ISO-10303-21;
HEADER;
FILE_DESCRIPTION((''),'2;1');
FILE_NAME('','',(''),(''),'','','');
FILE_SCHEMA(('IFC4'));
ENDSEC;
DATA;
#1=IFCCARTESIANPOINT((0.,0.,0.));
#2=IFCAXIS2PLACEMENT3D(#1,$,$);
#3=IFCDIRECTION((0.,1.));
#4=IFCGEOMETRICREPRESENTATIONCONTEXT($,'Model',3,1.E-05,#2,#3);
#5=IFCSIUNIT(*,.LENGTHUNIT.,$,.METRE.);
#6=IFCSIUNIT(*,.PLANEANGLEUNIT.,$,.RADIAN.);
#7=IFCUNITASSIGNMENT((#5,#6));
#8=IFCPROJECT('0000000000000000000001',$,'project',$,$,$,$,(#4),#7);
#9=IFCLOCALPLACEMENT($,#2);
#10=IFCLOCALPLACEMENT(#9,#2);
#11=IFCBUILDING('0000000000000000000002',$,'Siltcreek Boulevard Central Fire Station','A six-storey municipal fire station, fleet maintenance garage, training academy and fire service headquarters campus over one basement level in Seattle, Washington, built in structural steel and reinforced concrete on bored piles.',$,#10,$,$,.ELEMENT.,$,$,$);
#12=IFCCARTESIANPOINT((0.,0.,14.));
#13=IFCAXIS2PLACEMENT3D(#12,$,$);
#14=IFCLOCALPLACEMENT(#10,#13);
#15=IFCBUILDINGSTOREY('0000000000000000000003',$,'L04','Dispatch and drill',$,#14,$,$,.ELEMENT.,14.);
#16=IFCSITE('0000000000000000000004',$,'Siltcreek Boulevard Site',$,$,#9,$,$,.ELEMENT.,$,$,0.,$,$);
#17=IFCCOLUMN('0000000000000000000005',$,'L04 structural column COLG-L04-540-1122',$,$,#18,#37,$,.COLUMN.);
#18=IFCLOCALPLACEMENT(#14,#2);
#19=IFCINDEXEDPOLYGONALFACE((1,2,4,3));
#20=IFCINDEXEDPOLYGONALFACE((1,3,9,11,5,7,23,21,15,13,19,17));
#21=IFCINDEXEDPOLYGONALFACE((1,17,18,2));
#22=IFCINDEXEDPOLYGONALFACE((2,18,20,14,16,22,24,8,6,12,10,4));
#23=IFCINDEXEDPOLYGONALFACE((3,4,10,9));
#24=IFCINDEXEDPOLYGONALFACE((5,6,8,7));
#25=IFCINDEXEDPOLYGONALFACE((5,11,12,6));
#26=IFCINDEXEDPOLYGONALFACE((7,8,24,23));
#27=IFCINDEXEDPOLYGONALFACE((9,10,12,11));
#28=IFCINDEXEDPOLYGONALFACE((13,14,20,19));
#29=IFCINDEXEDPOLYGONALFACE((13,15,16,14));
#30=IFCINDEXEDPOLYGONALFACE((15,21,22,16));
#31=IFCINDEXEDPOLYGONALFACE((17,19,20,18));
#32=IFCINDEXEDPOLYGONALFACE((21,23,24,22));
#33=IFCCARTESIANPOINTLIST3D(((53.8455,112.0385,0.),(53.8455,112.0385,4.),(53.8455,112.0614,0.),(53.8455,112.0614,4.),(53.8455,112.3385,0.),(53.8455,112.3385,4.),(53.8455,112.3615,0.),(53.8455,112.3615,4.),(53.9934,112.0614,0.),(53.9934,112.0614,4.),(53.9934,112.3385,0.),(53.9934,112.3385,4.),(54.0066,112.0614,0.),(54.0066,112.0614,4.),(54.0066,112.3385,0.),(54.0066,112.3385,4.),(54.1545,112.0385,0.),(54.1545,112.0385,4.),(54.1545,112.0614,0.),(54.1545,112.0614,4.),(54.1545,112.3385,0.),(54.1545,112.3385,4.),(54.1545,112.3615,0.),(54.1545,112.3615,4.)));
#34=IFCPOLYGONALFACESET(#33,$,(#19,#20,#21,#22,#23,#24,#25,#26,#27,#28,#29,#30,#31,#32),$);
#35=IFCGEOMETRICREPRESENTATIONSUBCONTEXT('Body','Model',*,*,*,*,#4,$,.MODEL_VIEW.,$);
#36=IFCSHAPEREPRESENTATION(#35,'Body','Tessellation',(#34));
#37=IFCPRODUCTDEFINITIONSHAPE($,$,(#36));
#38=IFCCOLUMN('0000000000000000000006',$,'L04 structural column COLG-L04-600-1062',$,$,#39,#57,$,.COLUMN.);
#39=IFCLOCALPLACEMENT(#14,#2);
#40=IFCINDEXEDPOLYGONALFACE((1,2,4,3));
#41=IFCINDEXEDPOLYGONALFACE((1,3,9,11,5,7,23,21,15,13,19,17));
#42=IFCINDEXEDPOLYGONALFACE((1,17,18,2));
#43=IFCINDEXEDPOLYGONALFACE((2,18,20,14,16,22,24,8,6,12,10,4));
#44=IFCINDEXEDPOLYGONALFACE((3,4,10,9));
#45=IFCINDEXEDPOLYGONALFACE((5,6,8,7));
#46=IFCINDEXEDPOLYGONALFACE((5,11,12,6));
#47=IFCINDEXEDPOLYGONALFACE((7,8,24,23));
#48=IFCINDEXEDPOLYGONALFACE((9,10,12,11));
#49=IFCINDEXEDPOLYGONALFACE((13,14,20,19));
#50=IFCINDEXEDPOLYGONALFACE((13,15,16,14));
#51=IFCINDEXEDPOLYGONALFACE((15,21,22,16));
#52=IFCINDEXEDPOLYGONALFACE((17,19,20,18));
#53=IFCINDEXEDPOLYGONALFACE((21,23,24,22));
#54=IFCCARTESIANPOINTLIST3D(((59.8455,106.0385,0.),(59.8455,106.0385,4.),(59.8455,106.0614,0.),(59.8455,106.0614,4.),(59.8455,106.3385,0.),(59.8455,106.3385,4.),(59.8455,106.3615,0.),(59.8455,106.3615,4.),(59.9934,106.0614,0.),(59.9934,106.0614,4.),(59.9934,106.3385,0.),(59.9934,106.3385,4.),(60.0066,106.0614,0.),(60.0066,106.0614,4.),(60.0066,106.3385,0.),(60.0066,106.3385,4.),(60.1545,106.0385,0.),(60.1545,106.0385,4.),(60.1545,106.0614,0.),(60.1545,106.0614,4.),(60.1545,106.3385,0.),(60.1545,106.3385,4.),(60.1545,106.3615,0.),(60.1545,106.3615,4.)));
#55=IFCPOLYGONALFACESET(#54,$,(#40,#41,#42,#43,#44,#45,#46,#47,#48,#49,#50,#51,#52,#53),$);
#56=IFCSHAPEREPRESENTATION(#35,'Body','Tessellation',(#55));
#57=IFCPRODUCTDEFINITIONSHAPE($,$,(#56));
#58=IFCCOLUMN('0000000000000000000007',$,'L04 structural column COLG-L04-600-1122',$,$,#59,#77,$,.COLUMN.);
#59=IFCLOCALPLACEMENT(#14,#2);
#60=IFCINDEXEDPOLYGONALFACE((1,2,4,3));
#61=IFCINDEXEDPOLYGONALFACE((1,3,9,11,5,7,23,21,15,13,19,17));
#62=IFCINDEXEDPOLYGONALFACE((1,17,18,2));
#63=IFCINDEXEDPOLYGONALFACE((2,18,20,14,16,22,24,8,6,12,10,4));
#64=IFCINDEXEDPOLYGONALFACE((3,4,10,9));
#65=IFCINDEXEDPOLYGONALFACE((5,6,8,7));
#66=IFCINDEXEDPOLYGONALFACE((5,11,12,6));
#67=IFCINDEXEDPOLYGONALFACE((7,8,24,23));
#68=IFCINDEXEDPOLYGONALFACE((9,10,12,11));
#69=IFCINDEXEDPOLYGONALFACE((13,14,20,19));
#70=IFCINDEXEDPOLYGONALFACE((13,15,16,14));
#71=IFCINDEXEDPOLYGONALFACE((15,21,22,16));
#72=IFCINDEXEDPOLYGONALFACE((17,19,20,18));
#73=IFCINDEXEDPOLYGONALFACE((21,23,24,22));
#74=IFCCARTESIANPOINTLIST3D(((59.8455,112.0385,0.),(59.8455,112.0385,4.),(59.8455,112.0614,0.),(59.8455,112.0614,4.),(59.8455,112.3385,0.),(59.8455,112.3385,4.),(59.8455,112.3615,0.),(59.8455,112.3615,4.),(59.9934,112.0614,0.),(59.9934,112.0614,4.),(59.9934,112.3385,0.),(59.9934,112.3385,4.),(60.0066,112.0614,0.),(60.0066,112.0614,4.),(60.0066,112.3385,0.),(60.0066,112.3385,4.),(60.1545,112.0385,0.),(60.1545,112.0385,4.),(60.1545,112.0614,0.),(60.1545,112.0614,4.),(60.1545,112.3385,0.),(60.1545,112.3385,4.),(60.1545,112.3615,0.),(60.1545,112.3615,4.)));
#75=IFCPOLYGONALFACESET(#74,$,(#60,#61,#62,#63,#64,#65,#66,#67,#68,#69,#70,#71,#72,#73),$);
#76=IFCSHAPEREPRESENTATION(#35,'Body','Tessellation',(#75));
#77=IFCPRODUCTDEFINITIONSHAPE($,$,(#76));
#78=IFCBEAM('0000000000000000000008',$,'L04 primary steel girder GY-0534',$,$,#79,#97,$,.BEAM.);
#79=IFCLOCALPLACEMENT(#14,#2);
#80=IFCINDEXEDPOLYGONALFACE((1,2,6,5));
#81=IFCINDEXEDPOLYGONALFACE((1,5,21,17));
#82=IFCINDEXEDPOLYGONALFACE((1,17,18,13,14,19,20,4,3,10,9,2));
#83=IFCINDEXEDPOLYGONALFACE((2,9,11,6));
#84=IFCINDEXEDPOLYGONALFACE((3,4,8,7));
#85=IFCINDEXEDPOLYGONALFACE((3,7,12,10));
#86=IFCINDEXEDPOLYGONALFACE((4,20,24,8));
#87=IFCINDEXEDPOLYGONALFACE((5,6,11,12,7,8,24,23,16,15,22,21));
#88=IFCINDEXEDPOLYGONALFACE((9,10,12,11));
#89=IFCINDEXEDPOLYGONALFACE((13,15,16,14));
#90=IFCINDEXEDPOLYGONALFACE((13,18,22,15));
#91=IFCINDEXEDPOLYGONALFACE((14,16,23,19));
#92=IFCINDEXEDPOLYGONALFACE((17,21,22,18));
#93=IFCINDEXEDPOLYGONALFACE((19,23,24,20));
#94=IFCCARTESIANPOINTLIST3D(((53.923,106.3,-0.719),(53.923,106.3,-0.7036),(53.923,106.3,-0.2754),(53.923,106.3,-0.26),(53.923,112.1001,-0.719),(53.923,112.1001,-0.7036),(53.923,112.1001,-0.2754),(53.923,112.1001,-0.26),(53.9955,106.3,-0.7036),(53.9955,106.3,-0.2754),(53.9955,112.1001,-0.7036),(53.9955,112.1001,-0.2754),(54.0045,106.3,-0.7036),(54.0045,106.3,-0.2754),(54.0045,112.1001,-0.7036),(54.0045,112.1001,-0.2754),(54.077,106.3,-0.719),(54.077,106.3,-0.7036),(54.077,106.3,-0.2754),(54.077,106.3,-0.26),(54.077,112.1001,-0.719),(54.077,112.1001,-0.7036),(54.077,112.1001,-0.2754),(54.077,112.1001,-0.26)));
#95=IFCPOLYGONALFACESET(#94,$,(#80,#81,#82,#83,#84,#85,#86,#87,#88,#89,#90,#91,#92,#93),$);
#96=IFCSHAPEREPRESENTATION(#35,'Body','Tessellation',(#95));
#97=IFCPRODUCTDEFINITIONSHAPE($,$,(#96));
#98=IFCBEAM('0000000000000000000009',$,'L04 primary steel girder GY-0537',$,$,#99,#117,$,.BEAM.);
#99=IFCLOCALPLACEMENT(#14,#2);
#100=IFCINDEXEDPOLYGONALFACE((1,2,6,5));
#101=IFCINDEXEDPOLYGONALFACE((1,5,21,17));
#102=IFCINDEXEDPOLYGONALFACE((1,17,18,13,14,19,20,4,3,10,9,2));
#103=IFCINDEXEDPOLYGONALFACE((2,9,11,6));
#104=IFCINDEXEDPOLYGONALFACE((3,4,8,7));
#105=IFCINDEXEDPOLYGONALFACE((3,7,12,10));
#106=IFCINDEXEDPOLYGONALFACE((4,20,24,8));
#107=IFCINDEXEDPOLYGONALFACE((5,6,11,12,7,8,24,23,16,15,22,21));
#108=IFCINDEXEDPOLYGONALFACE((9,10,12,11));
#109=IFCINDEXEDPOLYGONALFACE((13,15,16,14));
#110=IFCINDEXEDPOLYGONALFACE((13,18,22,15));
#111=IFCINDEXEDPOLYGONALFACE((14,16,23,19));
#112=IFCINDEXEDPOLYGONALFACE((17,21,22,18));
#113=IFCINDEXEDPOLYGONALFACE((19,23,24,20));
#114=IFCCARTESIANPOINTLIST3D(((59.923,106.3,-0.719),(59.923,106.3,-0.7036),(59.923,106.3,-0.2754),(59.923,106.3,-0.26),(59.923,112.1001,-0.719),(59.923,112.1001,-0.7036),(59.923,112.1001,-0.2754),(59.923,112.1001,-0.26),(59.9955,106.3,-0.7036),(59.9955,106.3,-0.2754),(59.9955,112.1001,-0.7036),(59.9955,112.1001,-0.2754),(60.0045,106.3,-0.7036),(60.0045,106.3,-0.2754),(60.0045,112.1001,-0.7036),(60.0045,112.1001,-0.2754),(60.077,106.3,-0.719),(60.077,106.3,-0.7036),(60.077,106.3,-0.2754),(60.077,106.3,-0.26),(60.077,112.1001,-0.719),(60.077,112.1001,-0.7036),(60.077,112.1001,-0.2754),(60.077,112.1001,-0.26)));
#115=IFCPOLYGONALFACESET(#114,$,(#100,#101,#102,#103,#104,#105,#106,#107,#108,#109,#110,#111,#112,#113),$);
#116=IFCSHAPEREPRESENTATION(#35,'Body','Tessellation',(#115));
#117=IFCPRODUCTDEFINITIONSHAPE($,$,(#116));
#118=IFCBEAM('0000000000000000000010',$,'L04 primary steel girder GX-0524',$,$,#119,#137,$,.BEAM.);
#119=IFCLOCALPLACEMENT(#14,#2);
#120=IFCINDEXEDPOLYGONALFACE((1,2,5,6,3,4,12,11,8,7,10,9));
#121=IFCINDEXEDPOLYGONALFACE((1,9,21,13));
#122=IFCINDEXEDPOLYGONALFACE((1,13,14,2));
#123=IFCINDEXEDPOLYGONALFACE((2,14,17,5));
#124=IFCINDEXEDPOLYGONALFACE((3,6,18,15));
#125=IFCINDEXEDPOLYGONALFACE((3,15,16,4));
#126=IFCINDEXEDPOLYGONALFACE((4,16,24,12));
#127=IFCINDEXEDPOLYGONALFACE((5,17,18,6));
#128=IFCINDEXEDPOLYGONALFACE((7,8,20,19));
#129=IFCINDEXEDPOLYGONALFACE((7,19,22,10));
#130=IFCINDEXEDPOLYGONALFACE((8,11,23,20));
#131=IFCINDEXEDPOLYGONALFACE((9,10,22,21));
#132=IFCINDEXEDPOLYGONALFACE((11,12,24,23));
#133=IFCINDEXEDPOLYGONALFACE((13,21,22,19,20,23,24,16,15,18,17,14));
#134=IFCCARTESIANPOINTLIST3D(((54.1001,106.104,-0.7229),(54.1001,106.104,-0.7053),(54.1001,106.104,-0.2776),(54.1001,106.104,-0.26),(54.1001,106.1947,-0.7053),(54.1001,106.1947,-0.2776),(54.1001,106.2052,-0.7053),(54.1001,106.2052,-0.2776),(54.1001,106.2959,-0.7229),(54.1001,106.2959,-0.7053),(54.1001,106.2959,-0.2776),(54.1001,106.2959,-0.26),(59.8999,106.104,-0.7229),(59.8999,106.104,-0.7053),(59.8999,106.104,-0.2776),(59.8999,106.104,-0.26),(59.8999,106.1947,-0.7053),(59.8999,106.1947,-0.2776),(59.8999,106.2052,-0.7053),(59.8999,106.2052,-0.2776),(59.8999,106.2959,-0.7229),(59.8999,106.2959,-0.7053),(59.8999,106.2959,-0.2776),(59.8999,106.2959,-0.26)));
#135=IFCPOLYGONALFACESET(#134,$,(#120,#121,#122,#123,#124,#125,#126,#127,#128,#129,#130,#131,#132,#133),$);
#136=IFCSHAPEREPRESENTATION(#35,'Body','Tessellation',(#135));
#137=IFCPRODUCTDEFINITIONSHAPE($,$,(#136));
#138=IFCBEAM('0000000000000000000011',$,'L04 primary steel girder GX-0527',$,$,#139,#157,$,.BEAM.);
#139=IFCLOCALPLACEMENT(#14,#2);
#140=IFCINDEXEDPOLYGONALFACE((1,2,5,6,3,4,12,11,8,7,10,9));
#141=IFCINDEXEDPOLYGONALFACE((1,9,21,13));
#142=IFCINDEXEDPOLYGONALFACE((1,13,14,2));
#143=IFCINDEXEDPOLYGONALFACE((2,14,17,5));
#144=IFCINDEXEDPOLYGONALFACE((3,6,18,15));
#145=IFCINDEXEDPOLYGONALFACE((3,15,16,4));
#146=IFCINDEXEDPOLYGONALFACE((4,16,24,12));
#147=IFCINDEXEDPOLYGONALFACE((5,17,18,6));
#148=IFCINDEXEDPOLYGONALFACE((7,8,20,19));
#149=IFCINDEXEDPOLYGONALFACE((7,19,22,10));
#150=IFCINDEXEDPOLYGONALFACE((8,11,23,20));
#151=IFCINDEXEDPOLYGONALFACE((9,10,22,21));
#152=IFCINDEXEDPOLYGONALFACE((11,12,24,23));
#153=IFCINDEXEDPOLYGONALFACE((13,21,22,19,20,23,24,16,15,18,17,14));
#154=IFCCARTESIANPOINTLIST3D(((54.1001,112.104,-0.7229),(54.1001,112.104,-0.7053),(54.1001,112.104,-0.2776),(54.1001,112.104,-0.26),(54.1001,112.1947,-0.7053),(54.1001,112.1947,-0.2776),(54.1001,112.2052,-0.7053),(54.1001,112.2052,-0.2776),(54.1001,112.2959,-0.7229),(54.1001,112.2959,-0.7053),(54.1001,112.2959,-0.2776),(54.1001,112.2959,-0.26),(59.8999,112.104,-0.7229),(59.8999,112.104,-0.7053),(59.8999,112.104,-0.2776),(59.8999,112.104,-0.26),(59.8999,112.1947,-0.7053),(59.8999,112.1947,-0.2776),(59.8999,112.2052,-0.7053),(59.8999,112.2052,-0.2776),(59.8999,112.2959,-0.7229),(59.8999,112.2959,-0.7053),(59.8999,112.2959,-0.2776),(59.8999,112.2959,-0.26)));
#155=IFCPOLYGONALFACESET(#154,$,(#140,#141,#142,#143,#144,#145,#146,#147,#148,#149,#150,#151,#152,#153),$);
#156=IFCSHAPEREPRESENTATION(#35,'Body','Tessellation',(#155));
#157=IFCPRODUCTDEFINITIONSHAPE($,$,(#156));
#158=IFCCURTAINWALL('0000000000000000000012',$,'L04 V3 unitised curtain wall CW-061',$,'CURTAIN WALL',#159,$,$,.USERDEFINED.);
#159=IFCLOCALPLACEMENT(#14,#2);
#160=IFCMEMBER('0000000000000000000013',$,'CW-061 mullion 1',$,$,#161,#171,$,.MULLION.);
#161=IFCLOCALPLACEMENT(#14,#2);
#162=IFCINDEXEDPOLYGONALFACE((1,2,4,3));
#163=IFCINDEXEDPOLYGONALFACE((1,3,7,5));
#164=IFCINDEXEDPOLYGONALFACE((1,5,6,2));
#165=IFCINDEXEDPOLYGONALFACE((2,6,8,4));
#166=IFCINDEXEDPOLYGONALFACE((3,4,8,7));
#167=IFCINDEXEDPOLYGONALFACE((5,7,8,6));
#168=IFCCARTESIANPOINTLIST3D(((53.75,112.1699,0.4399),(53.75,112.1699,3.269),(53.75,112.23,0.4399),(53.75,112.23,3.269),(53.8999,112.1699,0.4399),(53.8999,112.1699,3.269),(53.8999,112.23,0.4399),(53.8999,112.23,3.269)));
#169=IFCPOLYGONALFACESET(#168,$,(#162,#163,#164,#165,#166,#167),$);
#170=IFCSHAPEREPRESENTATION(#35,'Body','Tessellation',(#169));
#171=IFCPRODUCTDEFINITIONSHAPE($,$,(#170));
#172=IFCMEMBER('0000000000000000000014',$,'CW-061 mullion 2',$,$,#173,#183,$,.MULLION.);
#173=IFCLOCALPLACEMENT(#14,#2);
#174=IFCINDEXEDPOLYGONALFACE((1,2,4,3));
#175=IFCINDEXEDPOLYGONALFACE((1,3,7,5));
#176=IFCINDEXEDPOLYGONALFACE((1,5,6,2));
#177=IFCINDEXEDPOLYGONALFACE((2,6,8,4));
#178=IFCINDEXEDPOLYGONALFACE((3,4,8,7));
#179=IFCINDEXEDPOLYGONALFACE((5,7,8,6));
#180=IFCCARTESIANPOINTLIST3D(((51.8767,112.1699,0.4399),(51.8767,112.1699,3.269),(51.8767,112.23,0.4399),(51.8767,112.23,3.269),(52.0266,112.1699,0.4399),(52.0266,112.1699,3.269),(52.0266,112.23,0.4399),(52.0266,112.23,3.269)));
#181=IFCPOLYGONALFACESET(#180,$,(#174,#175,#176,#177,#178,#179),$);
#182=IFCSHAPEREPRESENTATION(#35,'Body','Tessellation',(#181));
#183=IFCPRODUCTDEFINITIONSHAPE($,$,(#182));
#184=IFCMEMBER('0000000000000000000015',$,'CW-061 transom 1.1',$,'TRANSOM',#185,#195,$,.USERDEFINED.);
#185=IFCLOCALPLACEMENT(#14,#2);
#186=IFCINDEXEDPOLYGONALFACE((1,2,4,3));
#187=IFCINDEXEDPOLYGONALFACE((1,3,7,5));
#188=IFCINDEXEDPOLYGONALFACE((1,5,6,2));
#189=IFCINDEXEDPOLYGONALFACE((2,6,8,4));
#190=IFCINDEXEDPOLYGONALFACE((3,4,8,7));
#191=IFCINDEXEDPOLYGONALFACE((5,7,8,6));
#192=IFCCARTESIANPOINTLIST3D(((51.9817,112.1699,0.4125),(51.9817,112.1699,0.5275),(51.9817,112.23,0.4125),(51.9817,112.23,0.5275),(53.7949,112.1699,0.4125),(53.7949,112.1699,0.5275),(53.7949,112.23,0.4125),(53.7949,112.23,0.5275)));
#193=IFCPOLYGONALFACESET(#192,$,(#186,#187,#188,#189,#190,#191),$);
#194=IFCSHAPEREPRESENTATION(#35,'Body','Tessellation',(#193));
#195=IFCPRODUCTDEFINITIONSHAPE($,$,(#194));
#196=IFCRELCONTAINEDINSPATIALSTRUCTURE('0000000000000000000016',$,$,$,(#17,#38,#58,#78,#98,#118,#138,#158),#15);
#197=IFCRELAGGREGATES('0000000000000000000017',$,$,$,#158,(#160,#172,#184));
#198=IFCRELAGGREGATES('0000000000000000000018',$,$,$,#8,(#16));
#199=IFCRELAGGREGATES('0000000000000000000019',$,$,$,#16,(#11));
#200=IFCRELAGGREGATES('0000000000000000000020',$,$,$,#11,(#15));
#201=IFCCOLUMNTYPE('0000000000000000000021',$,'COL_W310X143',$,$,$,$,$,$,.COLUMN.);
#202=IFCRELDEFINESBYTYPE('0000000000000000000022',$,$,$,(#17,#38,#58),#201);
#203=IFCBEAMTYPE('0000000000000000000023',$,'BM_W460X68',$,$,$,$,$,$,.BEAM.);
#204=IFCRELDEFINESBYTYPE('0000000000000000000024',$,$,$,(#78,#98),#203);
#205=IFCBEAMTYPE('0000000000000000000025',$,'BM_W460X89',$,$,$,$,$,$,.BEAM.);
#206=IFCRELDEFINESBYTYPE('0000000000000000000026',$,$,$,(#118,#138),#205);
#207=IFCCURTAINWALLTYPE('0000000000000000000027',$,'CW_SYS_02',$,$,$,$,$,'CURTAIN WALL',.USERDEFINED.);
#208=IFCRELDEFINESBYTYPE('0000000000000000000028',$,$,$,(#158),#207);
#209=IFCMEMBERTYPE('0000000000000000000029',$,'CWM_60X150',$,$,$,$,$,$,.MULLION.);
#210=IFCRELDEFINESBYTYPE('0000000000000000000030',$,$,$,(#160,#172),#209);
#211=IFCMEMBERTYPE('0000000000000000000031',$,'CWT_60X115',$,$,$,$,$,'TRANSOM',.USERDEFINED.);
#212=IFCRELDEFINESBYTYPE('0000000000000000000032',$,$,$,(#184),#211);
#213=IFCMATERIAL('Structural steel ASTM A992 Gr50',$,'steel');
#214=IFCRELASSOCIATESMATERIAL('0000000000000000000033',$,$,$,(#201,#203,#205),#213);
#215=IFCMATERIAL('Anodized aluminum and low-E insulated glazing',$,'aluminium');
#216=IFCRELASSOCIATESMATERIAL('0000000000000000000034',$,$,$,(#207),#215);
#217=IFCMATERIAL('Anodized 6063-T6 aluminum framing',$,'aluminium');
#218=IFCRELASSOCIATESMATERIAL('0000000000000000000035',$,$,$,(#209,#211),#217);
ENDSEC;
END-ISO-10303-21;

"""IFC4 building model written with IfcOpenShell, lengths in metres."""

from ifc_helpers import new_model, si_unit, direction, frame, origin, origin_2d, place, context, subcontext, project, spatial, rectangle, i_section, extrude, material, material_profile, profile_set, type_object, element, aggregate, save


model = new_model("IFC4")

# Units and contexts
model_context = context("Model", 3, precision=1e-05, world=origin(), true_north=direction((0.0, 1.0)))
body_context = subcontext(model_context, "Body", "Model", "MODEL_VIEW")
ifc_project = project(units=[si_unit("LENGTHUNIT", "METRE"), si_unit("PLANEANGLEUNIT", "RADIAN")], contexts=[model_context])

# Site, building, storey
site_placement = place(None, origin())
site = spatial("IfcSite", under=ifc_project, at=site_placement, Name="Siltcreek Boulevard Site", CompositionType="ELEMENT", RefElevation=0.0)
building_placement = place(site_placement, origin())
building = spatial("IfcBuilding", under=site, at=building_placement, Name="Siltcreek Boulevard Central Fire Station", Description="A six-storey municipal fire station, fleet maintenance garage, training academy and fire service headquarters campus over one basement level in Seattle, Washington, built in structural steel and reinforced concrete on bored piles.", CompositionType="ELEMENT")
storey_placement = place(building_placement, frame((0.0, 0.0, 14.0)))
storey = spatial("IfcBuildingStorey", under=building, at=storey_placement, Name="L04", Description="Dispatch and drill", CompositionType="ELEMENT", Elevation=14.0)

# Columns
ifc_material_1 = material(Name="Structural steel ASTM A992 Gr50", Category="steel")
ifc_material_profile_1 = material_profile(ifc_material_1, i_section(OverallWidth=0.3091, OverallDepth=0.323, WebThickness=0.0132, FlangeThickness=0.0229, at=origin_2d()), Name="W310X143")
ifc_profile_set_1 = profile_set([ifc_material_profile_1], Name="Structural steel ASTM A992 Gr50")
column_type = type_object("IfcColumnType", Name="COL_W310X143", PredefinedType="COLUMN", material=ifc_profile_set_1)
for number, where, z_axis, x_axis, name in (
    (1, (54.0, 112.2, 0.0), (0.0, 0.0, 1.0), (1.0, 0.0, 0.0), "L04 structural column COLG-L04-540-1122"),
    (2, (60.0, 106.2, 0.0), (0.0, 0.0, 1.0), (1.0, 0.0, 0.0), "L04 structural column COLG-L04-600-1062"),
    (3, (60.0, 112.2, 0.0), (0.0, 0.0, 1.0), (1.0, 0.0, 0.0), "L04 structural column COLG-L04-600-1122"),
):
    element("IfcColumn", number, at=place(storey_placement, frame(where, z_axis=z_axis, x_axis=x_axis)), inside=storey, type_object=column_type, Name=name, PredefinedType="COLUMN", context=body_context, shape_type="SweptSolid", body=[
        extrude(i_section(OverallWidth=0.3091, OverallDepth=0.323, WebThickness=0.0132, FlangeThickness=0.0229, at=origin_2d()), origin(), (0.0, 0.0, 1.0), 4.0),
    ])

# Beams
ifc_material_profile_2 = material_profile(ifc_material_1, i_section(OverallWidth=0.1541, OverallDepth=0.459, WebThickness=0.009, FlangeThickness=0.0154, at=origin_2d()), Name="W460X68")
ifc_profile_set_2 = profile_set([ifc_material_profile_2], Name="Structural steel ASTM A992 Gr50")
beam_type_1 = type_object("IfcBeamType", Name="BM_W460X68", PredefinedType="BEAM", material=ifc_profile_set_2)
for number, where, z_axis, x_axis, name in (
    (4, (54.0, 106.3, -0.4895), (0.0, 1.0, 0.0), (-1.0, 0.0, 0.0), "L04 primary steel girder GY-0534"),
    (5, (60.0, 106.3, -0.4895), (0.0, 1.0, 0.0), (-1.0, 0.0, 0.0), "L04 primary steel girder GY-0537"),
):
    element("IfcBeam", number, at=place(storey_placement, frame(where, z_axis=z_axis, x_axis=x_axis)), inside=storey, type_object=beam_type_1, Name=name, PredefinedType="BEAM", context=body_context, shape_type="SweptSolid", body=[
        extrude(i_section(OverallWidth=0.1541, OverallDepth=0.459, WebThickness=0.009, FlangeThickness=0.0154, at=origin_2d()), origin(), (0.0, 0.0, 1.0), 5.8),
    ])
ifc_material_profile_3 = material_profile(ifc_material_1, i_section(OverallWidth=0.1919, OverallDepth=0.4629, WebThickness=0.0105, FlangeThickness=0.0176, at=origin_2d()), Name="W460X89")
ifc_profile_set_3 = profile_set([ifc_material_profile_3], Name="Structural steel ASTM A992 Gr50")
beam_type_2 = type_object("IfcBeamType", Name="BM_W460X89", PredefinedType="BEAM", material=ifc_profile_set_3)
for number, where, z_axis, x_axis, name in (
    (6, (54.1001, 106.2, -0.4915), (1.0, 0.0, 0.0), (0.0, 1.0, 0.0), "L04 primary steel girder GX-0524"),
    (7, (54.1001, 112.2, -0.4915), (1.0, 0.0, 0.0), (0.0, 1.0, 0.0), "L04 primary steel girder GX-0527"),
):
    element("IfcBeam", number, at=place(storey_placement, frame(where, z_axis=z_axis, x_axis=x_axis)), inside=storey, type_object=beam_type_2, Name=name, PredefinedType="BEAM", context=body_context, shape_type="SweptSolid", body=[
        extrude(i_section(OverallWidth=0.1919, OverallDepth=0.4629, WebThickness=0.0105, FlangeThickness=0.0176, at=origin_2d()), origin(), (0.0, 0.0, 1.0), 5.7998),
    ])

# Curtain wall, members
ifc_material_2 = material(Name="Anodized aluminum and low-E insulated glazing", Category="aluminium")
curtain_wall_type = type_object("IfcCurtainWallType", Name="CW_SYS_02", ElementType="CURTAIN WALL", PredefinedType="USERDEFINED", material=ifc_material_2)
curtain_wall_placement = place(storey_placement, origin())
curtain_wall = element("IfcCurtainWall", 8, at=curtain_wall_placement, inside=storey, type_object=curtain_wall_type, Name="L04 V3 unitised curtain wall CW-061", ObjectType="CURTAIN WALL", PredefinedType="USERDEFINED")
ifc_material_3 = material(Name="Anodized 6063-T6 aluminum framing", Category="aluminium")
ifc_material_profile_4 = material_profile(ifc_material_3, rectangle(XDim=0.0601, YDim=0.1499, at=origin_2d()), Name="MULL60X150")
ifc_profile_set_4 = profile_set([ifc_material_profile_4], Name="Anodized 6063-T6 aluminum framing")
member_type_1 = type_object("IfcMemberType", Name="CWM_60X150", PredefinedType="MULLION", material=ifc_profile_set_4)
member_1_placement = place(storey_placement, frame((53.825, 112.2, 0.4399), z_axis=(0.0, 0.0, 1.0), x_axis=(0.0, -1.0, 0.0)))
member_1 = element("IfcMember", 9, at=member_1_placement, type_object=member_type_1, Name="CW-061 mullion 1", PredefinedType="MULLION", context=body_context, shape_type="SweptSolid", body=[
    extrude(rectangle(XDim=0.0601, YDim=0.1499, at=origin_2d()), origin(), (0.0, 0.0, 1.0), 2.8291),
])
member_2_placement = place(storey_placement, frame((51.9517, 112.2, 0.4399), z_axis=(0.0, 0.0, 1.0), x_axis=(0.0, -1.0, 0.0)))
member_2 = element("IfcMember", 10, at=member_2_placement, type_object=member_type_1, Name="CW-061 mullion 2", PredefinedType="MULLION", context=body_context, shape_type="SweptSolid", body=[
    extrude(rectangle(XDim=0.0601, YDim=0.1499, at=origin_2d()), origin(), (0.0, 0.0, 1.0), 2.8291),
])
ifc_material_profile_5 = material_profile(ifc_material_3, rectangle(XDim=0.0601, YDim=0.115, at=origin_2d()), Name="TRAN60X115")
ifc_profile_set_5 = profile_set([ifc_material_profile_5], Name="Anodized 6063-T6 aluminum framing")
member_type_2 = type_object("IfcMemberType", Name="CWT_60X115", ElementType="TRANSOM", PredefinedType="USERDEFINED", material=ifc_profile_set_5)
member_3_placement = place(storey_placement, frame((53.7949, 112.2, 0.47), z_axis=(-1.0, 0.0, 0.0), x_axis=(0.0, -1.0, 0.0)))
member_3 = element("IfcMember", 11, at=member_3_placement, type_object=member_type_2, Name="CW-061 transom 1.1", ObjectType="TRANSOM", PredefinedType="USERDEFINED", context=body_context, shape_type="SweptSolid", body=[
    extrude(rectangle(XDim=0.0601, YDim=0.115, at=origin_2d()), origin(), (0.0, 0.0, 1.0), 1.8132),
])

aggregate(curtain_wall, [member_1, member_2, member_3])

save(model, "model.ifc")
